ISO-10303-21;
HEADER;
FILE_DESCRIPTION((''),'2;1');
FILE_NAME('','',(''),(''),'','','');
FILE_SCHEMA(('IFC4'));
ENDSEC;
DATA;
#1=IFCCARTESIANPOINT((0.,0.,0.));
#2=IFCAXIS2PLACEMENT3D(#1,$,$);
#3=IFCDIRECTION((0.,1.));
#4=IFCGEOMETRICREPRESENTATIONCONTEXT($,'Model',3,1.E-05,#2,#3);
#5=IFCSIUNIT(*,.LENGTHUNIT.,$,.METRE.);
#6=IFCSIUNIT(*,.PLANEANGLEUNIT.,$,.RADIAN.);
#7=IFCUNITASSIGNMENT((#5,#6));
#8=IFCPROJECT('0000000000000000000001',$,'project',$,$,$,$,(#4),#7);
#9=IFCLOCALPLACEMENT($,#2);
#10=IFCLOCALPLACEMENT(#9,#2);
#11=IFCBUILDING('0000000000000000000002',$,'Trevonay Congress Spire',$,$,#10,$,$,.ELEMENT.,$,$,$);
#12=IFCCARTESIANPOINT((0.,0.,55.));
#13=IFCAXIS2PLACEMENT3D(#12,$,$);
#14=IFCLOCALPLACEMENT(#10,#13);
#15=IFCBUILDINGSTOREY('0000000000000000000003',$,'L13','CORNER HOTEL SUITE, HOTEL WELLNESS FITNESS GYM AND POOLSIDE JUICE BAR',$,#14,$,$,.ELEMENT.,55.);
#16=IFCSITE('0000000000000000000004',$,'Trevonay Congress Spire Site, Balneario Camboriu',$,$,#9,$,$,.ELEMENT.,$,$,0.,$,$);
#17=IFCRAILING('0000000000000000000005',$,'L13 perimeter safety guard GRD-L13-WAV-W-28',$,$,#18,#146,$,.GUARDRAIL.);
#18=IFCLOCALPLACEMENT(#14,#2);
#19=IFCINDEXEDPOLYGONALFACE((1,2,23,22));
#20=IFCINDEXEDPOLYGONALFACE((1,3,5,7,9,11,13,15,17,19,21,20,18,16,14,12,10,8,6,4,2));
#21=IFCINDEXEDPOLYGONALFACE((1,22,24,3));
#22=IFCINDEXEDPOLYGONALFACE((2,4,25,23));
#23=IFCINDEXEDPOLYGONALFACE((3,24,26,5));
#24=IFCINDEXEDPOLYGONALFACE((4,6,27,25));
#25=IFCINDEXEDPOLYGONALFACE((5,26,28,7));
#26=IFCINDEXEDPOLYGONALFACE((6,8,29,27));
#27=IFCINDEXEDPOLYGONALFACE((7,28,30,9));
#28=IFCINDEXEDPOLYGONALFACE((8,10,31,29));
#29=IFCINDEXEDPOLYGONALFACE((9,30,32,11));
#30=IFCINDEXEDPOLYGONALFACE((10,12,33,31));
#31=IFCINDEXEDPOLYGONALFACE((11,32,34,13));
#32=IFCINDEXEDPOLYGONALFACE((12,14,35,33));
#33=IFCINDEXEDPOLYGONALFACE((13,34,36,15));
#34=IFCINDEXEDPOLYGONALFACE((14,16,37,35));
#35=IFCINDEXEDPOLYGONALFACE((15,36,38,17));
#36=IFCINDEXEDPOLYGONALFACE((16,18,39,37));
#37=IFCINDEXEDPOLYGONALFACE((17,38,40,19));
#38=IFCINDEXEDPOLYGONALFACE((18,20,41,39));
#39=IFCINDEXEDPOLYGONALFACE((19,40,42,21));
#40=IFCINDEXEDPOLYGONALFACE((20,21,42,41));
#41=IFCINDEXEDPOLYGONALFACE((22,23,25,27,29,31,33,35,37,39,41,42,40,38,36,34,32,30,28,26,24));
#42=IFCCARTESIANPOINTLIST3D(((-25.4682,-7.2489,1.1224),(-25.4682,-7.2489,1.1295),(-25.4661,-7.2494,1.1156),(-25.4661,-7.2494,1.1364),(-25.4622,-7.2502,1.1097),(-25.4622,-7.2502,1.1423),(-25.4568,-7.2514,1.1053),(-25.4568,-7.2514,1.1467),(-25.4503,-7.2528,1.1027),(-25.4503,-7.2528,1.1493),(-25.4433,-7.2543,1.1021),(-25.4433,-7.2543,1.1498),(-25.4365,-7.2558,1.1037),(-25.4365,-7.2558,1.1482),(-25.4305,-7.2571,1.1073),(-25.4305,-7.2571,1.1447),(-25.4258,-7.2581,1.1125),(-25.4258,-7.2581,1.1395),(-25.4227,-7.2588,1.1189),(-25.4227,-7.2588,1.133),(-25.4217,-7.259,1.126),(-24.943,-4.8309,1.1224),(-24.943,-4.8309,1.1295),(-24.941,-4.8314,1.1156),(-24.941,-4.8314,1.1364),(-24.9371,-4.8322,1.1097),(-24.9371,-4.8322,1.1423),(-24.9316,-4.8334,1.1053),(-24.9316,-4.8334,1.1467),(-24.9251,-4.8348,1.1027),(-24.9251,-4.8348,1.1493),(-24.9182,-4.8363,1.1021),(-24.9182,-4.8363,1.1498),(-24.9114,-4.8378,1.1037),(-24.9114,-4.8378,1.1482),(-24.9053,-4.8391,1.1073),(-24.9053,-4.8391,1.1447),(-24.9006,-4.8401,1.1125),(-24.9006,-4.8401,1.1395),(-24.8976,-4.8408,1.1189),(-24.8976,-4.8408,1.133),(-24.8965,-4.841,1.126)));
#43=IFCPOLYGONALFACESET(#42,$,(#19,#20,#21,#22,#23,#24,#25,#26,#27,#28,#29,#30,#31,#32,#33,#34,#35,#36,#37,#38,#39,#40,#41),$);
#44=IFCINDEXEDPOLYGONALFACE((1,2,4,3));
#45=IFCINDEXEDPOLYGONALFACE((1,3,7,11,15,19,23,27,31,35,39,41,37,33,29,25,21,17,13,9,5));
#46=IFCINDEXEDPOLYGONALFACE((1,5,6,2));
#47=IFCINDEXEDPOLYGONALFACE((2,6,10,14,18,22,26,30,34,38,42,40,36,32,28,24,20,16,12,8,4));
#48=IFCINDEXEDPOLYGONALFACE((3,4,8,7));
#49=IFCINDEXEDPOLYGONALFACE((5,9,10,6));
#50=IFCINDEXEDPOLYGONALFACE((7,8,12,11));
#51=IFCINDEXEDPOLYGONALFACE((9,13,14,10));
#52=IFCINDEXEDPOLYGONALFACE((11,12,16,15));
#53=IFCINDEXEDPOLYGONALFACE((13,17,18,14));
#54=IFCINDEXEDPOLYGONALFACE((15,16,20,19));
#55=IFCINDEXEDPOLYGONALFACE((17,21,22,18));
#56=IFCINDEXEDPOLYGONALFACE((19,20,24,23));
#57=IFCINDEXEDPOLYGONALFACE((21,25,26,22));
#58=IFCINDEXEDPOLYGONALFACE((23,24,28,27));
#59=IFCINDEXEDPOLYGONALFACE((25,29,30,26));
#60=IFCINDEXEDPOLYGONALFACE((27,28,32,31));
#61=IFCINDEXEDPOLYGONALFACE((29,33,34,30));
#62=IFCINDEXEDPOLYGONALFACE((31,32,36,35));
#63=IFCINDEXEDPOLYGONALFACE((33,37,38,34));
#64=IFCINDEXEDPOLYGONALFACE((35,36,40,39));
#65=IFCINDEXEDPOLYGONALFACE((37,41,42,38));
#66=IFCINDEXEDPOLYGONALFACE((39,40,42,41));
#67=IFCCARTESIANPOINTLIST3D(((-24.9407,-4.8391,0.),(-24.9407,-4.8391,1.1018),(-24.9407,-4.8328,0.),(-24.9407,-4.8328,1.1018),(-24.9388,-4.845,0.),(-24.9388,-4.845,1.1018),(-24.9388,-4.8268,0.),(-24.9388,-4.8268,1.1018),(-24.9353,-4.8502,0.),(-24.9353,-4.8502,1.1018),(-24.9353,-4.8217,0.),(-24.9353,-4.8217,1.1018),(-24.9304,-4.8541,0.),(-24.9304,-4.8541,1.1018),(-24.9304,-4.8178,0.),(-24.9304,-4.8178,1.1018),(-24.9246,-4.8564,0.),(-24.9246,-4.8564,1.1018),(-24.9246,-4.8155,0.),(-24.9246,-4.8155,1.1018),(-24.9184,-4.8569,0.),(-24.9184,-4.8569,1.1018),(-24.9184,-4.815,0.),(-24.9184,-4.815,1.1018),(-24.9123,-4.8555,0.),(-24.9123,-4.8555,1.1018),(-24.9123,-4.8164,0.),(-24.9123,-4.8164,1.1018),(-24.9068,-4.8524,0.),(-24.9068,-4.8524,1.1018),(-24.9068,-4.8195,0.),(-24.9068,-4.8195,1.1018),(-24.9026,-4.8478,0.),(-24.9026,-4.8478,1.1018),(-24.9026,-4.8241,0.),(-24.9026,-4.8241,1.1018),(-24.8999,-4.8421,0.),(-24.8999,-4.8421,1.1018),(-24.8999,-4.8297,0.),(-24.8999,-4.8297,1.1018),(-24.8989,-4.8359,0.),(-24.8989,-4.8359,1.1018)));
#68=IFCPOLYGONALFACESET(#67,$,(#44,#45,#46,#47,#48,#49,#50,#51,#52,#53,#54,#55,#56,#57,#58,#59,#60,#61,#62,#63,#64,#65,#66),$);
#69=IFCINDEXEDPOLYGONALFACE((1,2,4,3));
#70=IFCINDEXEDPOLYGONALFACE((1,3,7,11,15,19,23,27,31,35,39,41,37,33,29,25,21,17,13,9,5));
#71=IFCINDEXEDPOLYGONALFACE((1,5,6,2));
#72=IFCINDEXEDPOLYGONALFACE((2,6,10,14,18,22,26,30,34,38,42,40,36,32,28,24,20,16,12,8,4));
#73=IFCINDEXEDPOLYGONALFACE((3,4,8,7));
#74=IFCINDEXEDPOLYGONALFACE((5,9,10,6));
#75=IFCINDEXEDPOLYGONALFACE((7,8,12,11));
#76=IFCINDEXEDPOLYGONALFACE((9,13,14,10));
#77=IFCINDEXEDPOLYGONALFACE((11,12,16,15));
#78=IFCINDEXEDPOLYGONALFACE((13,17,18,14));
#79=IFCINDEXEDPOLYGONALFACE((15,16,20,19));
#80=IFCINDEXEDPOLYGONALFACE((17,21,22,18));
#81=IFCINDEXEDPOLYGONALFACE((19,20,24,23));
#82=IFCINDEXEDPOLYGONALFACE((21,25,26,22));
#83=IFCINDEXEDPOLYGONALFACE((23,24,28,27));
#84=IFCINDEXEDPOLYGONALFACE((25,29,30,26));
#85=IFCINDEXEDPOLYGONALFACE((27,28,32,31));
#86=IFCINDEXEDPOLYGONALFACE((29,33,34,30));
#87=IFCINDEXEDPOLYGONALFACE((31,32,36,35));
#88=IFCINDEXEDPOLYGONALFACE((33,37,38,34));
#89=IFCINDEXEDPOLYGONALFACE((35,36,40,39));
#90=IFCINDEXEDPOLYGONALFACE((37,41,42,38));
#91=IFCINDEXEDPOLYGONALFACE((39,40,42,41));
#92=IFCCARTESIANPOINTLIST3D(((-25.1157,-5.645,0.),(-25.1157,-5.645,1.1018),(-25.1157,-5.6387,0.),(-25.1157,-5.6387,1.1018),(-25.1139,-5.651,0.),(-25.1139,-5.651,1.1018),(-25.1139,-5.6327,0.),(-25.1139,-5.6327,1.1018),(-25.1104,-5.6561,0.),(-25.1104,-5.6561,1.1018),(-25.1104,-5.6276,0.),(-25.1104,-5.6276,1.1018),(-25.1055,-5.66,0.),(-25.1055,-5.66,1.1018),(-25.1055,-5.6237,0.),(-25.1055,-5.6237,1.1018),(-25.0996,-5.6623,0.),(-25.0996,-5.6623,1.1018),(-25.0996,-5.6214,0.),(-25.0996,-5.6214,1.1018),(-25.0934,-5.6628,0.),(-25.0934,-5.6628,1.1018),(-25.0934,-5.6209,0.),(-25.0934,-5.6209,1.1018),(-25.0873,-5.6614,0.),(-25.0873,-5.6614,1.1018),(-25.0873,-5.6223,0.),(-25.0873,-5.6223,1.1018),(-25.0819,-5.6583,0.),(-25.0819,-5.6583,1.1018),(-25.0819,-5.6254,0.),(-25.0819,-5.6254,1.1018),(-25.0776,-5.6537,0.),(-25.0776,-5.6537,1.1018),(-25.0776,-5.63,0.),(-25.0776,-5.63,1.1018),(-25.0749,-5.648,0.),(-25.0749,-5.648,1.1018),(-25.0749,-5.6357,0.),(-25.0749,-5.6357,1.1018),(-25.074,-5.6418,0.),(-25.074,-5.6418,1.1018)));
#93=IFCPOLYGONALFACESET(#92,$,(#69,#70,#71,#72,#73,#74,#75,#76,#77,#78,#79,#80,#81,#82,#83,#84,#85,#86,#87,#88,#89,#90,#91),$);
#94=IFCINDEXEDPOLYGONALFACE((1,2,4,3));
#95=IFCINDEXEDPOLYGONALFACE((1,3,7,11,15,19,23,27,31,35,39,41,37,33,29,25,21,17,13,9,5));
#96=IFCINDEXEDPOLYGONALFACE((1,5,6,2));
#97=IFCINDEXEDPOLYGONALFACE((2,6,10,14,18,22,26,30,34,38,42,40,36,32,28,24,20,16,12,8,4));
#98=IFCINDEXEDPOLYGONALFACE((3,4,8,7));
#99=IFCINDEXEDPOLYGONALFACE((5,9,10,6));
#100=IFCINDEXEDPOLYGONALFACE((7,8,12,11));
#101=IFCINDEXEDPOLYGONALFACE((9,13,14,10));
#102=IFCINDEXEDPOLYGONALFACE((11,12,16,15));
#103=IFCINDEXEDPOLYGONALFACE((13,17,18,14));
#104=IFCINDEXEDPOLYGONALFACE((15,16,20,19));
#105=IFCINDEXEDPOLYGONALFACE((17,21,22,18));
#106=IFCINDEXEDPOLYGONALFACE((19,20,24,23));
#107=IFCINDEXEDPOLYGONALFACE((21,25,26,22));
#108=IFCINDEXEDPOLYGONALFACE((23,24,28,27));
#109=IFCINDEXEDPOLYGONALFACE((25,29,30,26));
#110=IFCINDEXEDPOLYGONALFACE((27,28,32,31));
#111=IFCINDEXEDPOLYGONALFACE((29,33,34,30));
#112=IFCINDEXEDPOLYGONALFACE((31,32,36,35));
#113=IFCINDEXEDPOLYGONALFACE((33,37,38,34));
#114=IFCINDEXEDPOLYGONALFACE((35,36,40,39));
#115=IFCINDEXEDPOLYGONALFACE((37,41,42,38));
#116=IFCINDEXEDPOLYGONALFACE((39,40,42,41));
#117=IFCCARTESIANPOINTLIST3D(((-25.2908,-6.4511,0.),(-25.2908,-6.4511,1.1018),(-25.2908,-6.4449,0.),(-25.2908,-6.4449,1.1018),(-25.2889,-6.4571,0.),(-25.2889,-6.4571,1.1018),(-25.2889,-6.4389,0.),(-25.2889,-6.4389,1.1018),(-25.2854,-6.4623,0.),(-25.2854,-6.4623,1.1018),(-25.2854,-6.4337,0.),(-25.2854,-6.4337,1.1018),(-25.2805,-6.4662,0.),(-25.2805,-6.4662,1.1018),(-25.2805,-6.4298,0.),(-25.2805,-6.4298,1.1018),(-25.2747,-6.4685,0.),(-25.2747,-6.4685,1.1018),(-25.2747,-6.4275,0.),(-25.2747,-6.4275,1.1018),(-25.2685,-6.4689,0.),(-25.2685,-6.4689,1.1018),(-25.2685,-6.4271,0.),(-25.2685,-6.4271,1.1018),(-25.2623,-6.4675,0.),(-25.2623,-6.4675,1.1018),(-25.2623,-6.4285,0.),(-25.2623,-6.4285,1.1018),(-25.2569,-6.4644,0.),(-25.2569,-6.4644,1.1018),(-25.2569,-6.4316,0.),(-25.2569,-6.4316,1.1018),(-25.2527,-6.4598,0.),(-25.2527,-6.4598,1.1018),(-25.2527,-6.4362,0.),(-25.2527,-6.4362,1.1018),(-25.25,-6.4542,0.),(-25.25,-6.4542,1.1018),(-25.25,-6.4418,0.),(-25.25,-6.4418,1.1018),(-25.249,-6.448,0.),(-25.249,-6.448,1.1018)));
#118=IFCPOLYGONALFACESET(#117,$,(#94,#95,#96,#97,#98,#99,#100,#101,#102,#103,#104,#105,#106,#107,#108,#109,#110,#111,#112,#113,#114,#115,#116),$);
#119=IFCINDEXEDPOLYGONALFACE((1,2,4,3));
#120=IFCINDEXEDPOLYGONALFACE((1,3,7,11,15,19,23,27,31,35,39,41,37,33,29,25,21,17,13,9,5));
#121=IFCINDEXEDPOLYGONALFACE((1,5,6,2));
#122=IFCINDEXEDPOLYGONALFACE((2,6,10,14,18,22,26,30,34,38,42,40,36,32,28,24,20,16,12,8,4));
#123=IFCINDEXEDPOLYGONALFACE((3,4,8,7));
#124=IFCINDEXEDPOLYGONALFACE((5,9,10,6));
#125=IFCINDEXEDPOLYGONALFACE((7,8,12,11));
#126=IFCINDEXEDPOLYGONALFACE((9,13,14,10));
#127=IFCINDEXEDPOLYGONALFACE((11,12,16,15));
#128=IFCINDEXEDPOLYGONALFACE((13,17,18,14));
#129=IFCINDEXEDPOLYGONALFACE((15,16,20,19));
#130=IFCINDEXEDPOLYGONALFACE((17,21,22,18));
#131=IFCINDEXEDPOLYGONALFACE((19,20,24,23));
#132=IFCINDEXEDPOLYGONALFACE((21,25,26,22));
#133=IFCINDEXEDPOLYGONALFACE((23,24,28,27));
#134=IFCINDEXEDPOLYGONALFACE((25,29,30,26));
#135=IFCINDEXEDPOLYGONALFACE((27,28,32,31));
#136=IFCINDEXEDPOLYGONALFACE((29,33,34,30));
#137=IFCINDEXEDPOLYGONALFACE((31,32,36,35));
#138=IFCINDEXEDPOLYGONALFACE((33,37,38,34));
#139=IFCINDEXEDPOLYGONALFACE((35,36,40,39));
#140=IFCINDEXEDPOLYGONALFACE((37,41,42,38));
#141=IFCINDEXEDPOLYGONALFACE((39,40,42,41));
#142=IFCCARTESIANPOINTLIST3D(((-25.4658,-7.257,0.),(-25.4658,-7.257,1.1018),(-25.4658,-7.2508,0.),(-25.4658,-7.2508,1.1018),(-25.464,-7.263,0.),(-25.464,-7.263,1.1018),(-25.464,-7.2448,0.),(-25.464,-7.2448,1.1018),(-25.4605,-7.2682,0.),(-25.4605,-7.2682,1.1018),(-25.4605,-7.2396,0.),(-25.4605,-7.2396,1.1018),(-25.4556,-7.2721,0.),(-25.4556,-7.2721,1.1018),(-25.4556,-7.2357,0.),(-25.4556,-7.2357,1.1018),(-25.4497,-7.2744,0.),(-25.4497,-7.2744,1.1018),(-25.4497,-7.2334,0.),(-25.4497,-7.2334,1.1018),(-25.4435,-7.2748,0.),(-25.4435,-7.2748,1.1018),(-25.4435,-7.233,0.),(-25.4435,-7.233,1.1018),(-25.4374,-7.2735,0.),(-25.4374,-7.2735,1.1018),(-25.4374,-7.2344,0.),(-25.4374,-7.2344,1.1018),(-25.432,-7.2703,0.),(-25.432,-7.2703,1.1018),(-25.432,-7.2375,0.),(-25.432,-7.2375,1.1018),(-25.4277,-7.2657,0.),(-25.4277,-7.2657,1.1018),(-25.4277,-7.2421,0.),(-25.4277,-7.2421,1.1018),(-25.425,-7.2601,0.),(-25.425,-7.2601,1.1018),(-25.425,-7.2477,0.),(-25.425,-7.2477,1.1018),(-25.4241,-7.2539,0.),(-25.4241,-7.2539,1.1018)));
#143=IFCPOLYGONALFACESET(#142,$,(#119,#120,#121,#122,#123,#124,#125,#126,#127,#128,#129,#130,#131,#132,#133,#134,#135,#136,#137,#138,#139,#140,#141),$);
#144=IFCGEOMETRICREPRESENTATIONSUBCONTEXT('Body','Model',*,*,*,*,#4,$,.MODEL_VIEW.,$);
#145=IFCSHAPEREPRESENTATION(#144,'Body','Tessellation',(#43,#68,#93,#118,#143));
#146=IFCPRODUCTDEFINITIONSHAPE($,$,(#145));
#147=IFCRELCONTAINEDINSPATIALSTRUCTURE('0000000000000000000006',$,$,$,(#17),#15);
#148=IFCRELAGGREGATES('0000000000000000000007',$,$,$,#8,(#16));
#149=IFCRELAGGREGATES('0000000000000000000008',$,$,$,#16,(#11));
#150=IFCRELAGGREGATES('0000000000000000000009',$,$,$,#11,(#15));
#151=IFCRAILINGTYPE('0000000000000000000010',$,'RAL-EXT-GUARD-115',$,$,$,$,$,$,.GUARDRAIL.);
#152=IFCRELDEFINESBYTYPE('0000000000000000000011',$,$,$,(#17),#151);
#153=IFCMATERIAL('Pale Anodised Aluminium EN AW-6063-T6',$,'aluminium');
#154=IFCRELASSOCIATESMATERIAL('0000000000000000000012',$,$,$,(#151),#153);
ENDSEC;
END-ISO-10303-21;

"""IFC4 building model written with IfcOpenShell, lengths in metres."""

from ifc_helpers import new_model, si_unit, direction, frame, origin, origin_2d, place, context, subcontext, project, spatial, circle, extrude, material, type_object, element, save


model = new_model("IFC4")

# Units and contexts
model_context = context("Model", 3, precision=1e-05, world=origin(), true_north=direction((0.0, 1.0)))
body_context = subcontext(model_context, "Body", "Model", "MODEL_VIEW")
ifc_project = project(units=[si_unit("LENGTHUNIT", "METRE"), si_unit("PLANEANGLEUNIT", "RADIAN")], contexts=[model_context])

# Site, building, storey
site_placement = place(None, origin())
site = spatial("IfcSite", under=ifc_project, at=site_placement, Name="Trevonay Congress Spire Site, Balneario Camboriu", CompositionType="ELEMENT", RefElevation=0.0)
building_placement = place(site_placement, origin())
building = spatial("IfcBuilding", under=site, at=building_placement, Name="Trevonay Congress Spire", CompositionType="ELEMENT")
storey_placement = place(building_placement, frame((0.0, 0.0, 55.0)))
storey = spatial("IfcBuildingStorey", under=building, at=storey_placement, Name="L13", Description="CORNER HOTEL SUITE, HOTEL WELLNESS FITNESS GYM AND POOLSIDE JUICE BAR", CompositionType="ELEMENT", Elevation=55.0)

# Shared definitions
ifc_material_1 = material(Name="Pale Anodised Aluminium EN AW-6063-T6", Category="aluminium")

# Railing
railing_type = type_object("IfcRailingType", Name="RAL-EXT-GUARD-115", PredefinedType="GUARDRAIL", material=ifc_material_1)
railing_1_placement = place(storey_placement, frame((-24.9199, -4.8359, 0.0)))
element("IfcRailing", 1, at=railing_1_placement, inside=storey, type_object=railing_type, Name="L13 perimeter safety guard GRD-L13-WAV-W-28", PredefinedType="GUARDRAIL", context=body_context, shape_type="SweptSolid", body=[
    extrude(circle(Radius=0.0239, at=origin_2d()), frame((0.0, 0.0, 1.126), z_axis=(-0.212237, -0.977218, 0.0), x_axis=(0.977218, -0.212237, 0.0)), (0.0, 0.0, 1.0), 2.4744),
    extrude(circle(Radius=0.021, at=origin_2d()), origin(), (0.0, 0.0, 1.0), 1.1018),
    extrude(circle(Radius=0.021, at=origin_2d()), frame((-0.175, -0.8059, 0.0)), (0.0, 0.0, 1.0), 1.1018),
    extrude(circle(Radius=0.021, at=origin_2d()), frame((-0.3501, -1.6121, 0.0)), (0.0, 0.0, 1.0), 1.1018),
    extrude(circle(Radius=0.021, at=origin_2d()), frame((-0.5251, -2.418, 0.0)), (0.0, 0.0, 1.0), 1.1018),
])

save(model, "model.ifc")
